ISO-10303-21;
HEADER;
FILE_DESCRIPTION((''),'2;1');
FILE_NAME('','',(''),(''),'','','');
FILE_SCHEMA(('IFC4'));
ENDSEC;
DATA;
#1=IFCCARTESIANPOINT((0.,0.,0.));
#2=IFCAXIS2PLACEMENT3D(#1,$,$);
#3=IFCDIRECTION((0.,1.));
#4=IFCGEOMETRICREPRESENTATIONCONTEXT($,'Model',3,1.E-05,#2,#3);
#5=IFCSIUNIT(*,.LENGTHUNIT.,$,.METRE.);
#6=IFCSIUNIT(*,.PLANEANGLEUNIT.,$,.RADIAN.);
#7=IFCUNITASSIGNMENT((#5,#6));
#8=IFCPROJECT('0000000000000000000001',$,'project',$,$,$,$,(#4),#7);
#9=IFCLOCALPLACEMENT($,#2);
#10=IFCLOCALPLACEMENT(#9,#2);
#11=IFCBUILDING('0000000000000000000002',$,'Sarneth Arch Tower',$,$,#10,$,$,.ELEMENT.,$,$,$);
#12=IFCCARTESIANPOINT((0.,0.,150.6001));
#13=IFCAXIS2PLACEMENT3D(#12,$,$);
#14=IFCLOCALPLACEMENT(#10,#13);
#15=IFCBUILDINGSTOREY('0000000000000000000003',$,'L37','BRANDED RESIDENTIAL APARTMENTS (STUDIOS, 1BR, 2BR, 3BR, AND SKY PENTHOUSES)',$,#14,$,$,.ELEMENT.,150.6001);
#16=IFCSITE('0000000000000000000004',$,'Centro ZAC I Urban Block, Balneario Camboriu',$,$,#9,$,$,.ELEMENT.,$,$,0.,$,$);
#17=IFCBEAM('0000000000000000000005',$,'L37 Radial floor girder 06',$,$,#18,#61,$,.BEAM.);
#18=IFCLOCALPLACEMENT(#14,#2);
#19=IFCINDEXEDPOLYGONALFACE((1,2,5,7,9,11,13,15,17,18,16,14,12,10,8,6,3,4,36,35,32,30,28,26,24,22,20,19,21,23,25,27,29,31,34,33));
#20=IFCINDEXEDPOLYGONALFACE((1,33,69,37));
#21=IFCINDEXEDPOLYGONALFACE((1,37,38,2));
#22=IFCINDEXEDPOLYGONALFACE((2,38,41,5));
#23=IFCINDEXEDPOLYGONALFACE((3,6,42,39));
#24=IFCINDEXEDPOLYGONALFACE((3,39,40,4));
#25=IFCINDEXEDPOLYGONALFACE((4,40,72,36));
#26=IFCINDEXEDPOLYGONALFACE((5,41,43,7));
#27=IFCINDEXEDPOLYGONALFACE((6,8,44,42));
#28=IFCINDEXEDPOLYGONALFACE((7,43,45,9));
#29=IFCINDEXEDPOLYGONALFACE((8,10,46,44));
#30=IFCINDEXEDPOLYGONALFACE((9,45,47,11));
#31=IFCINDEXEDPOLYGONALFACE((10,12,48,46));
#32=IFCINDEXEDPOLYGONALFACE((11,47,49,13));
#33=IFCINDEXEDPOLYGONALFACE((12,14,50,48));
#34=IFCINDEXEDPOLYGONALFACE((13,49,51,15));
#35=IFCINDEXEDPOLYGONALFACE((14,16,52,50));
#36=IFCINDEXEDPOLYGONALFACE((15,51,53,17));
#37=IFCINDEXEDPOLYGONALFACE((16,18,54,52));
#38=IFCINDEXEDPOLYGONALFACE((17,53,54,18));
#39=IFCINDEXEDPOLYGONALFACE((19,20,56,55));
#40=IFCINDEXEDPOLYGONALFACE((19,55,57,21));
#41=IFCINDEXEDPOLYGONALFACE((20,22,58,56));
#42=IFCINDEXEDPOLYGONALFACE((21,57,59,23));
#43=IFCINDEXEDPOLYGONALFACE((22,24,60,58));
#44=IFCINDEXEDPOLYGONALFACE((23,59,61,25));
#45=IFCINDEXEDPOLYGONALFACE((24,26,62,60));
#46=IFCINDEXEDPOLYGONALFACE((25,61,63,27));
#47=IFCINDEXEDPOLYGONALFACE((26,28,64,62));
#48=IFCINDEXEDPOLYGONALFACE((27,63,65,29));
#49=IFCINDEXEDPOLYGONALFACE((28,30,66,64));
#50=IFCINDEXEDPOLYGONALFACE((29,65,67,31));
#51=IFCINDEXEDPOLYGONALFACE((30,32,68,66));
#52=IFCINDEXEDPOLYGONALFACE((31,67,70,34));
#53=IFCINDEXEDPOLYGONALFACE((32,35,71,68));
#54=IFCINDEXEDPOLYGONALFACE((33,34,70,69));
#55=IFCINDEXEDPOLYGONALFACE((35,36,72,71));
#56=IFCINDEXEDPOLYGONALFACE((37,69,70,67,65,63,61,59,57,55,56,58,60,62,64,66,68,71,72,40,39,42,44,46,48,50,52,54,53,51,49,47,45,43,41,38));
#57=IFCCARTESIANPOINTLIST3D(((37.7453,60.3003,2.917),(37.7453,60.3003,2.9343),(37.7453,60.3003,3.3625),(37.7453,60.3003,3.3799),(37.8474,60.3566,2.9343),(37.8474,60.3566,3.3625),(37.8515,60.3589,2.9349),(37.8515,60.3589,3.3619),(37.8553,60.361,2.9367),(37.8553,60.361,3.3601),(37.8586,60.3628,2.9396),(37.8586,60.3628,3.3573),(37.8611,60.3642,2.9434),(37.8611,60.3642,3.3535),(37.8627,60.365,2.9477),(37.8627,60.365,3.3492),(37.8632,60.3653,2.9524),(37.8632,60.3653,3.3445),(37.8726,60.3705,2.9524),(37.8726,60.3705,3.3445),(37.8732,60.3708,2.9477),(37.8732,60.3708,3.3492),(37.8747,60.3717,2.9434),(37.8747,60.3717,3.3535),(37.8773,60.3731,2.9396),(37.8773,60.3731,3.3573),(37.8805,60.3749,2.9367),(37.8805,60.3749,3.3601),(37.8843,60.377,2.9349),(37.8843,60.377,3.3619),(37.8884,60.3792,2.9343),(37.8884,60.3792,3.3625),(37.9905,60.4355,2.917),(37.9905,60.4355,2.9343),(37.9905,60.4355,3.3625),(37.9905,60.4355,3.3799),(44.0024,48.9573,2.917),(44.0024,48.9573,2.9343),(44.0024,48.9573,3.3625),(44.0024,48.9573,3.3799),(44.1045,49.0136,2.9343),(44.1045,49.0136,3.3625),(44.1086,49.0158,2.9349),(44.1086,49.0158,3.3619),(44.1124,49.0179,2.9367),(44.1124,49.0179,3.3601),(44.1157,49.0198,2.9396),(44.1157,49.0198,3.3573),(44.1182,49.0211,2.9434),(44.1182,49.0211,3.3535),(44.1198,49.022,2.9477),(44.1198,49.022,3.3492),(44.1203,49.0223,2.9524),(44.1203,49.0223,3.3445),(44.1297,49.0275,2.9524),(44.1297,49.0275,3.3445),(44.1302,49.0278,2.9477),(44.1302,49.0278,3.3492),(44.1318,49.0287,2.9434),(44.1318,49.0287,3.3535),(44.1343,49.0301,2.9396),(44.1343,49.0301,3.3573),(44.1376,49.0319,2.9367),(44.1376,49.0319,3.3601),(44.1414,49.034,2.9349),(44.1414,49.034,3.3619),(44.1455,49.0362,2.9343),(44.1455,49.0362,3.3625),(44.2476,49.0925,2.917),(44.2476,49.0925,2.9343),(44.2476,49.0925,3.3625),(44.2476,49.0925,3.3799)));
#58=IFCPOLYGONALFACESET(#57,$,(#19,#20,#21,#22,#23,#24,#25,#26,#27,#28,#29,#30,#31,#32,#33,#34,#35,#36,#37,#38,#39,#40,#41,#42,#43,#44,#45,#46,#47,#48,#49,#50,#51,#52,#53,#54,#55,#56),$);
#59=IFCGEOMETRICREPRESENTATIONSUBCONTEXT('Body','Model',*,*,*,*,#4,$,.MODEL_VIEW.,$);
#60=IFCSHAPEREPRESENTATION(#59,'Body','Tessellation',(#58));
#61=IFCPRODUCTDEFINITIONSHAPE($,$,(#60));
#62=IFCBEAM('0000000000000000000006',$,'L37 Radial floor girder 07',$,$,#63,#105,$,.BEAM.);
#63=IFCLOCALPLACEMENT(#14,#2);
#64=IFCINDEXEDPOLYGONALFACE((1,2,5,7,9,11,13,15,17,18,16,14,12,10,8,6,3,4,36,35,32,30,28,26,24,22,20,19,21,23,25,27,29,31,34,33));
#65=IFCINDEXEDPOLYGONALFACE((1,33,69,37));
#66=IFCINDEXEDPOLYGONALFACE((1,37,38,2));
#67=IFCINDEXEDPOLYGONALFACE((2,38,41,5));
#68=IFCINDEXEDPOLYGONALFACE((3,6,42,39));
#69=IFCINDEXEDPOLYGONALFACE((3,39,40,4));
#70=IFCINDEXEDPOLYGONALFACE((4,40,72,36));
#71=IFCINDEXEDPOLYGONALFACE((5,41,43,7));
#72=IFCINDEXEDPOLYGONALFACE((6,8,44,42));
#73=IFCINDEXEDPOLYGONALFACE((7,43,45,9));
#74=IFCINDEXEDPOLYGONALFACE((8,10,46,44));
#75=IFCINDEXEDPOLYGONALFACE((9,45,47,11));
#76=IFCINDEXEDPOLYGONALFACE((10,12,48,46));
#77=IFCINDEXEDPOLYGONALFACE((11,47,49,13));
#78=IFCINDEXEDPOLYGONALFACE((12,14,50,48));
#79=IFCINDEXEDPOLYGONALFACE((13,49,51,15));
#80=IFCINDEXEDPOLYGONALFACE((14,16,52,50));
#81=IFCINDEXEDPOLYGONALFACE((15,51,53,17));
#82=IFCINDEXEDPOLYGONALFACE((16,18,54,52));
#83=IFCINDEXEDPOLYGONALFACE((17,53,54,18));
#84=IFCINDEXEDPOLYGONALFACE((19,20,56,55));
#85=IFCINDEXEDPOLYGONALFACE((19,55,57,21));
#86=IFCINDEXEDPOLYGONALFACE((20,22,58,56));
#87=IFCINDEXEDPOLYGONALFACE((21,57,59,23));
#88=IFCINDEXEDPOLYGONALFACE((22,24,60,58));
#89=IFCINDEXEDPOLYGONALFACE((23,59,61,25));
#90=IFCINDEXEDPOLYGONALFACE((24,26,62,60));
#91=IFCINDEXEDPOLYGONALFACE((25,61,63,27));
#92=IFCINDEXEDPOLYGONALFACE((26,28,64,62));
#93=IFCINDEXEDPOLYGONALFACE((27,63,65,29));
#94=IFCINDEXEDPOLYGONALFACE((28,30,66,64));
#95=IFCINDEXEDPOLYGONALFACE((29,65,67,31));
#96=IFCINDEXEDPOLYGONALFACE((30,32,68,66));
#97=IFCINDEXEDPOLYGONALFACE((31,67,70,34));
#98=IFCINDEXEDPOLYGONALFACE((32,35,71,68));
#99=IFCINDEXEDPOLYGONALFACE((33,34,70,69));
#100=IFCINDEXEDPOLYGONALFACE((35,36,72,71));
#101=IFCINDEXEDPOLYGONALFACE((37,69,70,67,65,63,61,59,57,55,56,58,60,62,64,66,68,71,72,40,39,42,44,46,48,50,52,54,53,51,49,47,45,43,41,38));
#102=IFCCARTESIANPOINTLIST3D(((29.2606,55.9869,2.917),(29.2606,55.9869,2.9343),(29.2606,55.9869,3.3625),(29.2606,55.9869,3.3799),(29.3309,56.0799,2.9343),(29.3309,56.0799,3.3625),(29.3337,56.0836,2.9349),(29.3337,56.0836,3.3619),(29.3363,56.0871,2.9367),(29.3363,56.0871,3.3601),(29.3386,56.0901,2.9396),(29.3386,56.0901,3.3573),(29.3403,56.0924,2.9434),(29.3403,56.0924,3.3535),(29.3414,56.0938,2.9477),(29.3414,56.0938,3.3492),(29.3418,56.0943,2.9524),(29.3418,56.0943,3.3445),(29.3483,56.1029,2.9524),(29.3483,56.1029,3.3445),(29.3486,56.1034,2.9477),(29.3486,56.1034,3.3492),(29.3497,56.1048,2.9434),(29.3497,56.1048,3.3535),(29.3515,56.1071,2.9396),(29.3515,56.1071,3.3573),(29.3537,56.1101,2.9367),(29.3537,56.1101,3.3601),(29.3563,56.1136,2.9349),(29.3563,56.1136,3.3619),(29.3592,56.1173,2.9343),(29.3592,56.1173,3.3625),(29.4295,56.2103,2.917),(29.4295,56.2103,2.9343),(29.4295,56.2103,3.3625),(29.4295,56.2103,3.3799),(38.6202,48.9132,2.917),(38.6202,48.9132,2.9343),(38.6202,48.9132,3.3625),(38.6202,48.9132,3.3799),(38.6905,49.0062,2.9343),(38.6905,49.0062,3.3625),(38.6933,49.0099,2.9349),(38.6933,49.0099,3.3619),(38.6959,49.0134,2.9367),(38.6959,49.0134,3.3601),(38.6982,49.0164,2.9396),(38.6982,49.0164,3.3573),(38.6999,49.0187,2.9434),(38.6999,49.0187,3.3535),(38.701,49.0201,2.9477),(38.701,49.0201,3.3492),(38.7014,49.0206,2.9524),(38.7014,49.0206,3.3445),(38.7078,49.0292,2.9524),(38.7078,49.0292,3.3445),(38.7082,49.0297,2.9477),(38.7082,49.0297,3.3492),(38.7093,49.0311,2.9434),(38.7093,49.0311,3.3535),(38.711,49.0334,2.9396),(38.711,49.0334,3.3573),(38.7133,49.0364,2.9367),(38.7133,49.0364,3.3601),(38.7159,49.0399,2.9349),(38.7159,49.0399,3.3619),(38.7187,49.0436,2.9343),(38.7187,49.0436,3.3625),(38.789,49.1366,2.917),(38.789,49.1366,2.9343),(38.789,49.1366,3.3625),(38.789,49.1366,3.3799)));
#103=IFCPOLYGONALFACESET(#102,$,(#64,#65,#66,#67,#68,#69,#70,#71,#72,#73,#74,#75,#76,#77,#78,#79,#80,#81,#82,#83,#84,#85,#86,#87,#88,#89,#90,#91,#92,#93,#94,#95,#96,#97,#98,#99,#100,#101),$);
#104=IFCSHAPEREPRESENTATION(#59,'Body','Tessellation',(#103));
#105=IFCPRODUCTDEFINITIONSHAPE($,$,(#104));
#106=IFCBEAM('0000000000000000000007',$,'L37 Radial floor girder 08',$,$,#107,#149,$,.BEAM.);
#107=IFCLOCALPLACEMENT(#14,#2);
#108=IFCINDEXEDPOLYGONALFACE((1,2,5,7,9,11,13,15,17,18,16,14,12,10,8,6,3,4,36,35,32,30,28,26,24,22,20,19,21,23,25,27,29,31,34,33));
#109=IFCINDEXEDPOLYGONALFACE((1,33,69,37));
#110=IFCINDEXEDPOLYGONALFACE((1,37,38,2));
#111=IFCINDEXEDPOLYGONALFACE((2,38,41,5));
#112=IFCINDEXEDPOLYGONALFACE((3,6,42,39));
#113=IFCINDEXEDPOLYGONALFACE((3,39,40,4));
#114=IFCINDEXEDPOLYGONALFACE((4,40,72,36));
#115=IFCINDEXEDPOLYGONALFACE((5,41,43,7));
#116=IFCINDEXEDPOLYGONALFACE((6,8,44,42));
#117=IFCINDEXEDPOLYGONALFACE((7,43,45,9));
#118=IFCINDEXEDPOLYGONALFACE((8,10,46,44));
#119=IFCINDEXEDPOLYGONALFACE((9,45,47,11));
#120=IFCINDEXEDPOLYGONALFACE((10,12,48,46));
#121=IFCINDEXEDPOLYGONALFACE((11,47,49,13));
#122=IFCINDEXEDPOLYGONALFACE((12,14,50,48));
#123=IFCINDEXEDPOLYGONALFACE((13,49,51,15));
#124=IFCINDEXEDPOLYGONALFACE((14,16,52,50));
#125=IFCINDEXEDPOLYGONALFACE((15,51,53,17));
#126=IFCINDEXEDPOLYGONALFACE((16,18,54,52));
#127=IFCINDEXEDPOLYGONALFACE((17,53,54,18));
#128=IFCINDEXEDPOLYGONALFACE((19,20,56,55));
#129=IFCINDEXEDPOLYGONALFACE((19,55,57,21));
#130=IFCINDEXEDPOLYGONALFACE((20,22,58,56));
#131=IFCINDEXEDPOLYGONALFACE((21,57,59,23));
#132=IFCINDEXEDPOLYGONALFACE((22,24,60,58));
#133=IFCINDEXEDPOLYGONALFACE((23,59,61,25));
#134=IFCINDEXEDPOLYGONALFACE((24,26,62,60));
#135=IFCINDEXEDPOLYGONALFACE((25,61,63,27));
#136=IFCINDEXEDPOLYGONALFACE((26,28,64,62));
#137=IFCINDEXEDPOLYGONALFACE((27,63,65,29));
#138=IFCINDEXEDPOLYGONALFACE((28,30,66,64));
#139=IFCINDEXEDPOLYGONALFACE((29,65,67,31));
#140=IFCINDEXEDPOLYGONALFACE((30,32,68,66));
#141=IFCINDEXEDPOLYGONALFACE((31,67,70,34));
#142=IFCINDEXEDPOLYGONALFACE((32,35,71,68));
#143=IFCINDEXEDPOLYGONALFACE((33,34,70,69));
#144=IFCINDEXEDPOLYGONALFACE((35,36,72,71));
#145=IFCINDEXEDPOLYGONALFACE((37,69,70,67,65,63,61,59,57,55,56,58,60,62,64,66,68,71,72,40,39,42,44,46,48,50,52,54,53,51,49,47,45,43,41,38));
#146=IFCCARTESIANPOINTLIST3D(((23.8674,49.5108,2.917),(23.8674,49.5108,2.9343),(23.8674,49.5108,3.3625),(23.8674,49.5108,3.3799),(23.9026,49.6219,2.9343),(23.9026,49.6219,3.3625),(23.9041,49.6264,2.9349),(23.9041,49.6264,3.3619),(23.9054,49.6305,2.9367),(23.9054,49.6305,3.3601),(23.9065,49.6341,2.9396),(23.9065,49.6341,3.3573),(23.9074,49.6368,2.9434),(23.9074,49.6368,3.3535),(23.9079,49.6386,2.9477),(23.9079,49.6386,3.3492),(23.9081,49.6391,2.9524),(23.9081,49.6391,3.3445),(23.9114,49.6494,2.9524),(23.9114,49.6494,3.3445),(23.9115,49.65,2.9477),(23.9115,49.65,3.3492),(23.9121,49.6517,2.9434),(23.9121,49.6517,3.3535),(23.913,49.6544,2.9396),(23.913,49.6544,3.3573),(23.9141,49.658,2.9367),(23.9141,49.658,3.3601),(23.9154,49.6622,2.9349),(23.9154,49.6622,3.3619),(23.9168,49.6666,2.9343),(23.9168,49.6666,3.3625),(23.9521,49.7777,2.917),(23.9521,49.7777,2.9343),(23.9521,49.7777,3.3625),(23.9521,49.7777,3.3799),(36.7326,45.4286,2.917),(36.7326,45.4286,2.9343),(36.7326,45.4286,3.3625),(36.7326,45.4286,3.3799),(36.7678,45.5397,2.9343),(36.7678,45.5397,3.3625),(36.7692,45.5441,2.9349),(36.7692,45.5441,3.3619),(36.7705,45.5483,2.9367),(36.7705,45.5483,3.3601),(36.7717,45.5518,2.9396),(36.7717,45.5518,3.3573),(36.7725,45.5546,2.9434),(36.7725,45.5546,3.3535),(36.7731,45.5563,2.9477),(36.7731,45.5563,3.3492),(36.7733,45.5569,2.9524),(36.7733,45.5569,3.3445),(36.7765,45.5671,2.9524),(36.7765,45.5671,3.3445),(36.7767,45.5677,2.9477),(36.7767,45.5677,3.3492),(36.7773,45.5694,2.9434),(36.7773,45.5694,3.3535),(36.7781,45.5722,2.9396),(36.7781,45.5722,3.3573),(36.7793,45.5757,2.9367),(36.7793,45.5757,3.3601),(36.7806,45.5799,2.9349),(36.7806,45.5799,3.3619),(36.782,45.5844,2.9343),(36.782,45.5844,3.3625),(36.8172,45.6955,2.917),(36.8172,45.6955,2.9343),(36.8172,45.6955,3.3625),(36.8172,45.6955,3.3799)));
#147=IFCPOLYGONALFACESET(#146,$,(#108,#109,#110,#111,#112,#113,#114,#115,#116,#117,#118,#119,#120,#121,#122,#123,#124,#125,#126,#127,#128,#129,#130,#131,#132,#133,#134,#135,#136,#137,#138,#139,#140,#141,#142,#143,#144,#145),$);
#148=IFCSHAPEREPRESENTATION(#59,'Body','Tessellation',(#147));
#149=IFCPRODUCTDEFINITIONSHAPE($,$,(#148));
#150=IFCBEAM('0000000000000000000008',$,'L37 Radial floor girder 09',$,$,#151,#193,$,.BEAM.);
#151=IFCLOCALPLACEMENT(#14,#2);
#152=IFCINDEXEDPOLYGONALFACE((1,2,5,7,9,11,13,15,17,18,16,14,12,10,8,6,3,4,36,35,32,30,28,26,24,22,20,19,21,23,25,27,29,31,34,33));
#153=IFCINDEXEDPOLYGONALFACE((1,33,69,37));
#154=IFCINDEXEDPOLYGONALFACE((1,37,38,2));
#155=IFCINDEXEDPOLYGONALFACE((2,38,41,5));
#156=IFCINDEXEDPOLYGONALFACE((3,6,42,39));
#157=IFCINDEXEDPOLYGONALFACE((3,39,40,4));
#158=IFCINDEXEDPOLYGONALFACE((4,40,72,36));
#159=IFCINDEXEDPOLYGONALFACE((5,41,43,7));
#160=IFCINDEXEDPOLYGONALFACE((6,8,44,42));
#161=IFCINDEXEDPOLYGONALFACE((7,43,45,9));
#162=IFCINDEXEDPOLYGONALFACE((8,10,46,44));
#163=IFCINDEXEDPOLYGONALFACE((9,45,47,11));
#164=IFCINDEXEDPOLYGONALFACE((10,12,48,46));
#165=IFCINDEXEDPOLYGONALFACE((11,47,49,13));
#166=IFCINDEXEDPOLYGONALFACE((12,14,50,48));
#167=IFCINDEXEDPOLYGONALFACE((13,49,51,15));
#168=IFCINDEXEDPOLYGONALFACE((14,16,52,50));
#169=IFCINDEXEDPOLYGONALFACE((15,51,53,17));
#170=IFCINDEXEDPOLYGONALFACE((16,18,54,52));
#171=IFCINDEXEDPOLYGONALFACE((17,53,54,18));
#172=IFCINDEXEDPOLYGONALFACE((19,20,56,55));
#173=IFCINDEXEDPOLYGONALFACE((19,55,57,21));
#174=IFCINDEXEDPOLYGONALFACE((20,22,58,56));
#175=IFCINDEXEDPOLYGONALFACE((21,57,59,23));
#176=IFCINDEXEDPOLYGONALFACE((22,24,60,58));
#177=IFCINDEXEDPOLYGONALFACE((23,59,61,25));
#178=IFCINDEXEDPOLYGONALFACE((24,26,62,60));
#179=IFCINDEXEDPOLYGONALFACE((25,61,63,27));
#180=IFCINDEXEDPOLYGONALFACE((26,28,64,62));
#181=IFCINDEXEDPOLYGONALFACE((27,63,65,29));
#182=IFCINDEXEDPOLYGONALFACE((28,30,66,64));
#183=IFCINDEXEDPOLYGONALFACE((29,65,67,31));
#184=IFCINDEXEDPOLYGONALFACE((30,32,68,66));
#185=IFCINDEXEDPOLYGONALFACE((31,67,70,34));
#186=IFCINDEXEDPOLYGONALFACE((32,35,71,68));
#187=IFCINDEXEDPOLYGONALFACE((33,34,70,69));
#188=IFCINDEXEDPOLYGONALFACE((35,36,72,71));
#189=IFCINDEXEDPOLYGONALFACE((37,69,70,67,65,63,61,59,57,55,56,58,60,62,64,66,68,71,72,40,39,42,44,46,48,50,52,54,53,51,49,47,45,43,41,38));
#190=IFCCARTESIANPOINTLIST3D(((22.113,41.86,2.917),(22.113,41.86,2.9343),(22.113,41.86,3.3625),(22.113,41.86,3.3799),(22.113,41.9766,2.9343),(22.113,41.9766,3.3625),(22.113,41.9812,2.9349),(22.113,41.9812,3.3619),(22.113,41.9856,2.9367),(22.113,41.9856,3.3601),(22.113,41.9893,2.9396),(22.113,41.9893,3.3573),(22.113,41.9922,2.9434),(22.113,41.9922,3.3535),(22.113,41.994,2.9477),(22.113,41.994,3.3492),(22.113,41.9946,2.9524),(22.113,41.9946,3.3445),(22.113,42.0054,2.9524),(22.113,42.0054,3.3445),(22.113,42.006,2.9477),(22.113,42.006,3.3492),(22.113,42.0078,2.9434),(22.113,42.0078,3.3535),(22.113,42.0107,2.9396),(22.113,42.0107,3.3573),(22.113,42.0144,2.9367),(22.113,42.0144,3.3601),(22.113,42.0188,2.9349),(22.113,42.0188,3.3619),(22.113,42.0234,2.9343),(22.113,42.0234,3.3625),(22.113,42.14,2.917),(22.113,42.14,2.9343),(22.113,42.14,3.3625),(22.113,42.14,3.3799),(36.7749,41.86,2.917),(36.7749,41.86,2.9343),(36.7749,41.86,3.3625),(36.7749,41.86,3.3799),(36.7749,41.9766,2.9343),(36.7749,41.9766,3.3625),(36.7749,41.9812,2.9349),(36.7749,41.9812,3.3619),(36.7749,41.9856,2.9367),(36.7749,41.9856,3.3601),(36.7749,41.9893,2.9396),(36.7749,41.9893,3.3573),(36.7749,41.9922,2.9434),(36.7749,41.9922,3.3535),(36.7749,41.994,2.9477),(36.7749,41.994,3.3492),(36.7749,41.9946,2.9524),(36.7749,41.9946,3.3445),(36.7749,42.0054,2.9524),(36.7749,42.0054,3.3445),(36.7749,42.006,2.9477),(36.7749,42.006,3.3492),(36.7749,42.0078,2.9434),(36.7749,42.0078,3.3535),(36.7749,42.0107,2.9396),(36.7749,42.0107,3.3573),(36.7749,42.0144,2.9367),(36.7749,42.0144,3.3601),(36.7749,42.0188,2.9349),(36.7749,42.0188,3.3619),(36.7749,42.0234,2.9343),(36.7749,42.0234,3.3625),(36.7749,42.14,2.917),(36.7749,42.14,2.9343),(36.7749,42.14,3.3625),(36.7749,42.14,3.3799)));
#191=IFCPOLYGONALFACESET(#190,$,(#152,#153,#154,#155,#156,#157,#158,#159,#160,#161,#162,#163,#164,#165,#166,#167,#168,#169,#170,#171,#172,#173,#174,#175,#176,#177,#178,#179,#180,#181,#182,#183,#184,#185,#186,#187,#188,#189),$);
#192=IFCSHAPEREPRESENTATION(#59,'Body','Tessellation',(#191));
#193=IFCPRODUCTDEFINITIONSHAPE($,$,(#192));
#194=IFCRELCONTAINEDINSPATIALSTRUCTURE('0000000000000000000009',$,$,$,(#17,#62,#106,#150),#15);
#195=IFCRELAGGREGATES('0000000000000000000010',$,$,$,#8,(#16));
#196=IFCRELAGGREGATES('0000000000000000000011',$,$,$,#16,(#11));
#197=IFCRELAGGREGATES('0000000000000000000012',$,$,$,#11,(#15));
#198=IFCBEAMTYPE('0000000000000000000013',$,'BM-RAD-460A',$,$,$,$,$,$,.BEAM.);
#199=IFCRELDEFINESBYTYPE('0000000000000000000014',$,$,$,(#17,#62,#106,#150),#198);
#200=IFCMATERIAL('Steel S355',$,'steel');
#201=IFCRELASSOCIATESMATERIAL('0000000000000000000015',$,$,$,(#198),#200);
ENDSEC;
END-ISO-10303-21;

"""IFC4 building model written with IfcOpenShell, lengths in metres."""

from ifc_helpers import new_model, si_unit, direction, frame, origin, origin_2d, place, context, subcontext, project, spatial, i_section, extrude, material, material_profile, profile_set, type_object, element, save


model = new_model("IFC4")

# Units and contexts
model_context = context("Model", 3, precision=1e-05, world=origin(), true_north=direction((0.0, 1.0)))
body_context = subcontext(model_context, "Body", "Model", "MODEL_VIEW")
ifc_project = project(units=[si_unit("LENGTHUNIT", "METRE"), si_unit("PLANEANGLEUNIT", "RADIAN")], contexts=[model_context])

# Site, building, storey
site_placement = place(None, origin())
site = spatial("IfcSite", under=ifc_project, at=site_placement, Name="Centro ZAC I Urban Block, Balneario Camboriu", CompositionType="ELEMENT", RefElevation=0.0)
building_placement = place(site_placement, origin())
building = spatial("IfcBuilding", under=site, at=building_placement, Name="Sarneth Arch Tower", CompositionType="ELEMENT")
storey_placement = place(building_placement, frame((0.0, 0.0, 150.6001)))
storey = spatial("IfcBuildingStorey", under=building, at=storey_placement, Name="L37", Description="BRANDED RESIDENTIAL APARTMENTS (STUDIOS, 1BR, 2BR, 3BR, AND SKY PENTHOUSES)", CompositionType="ELEMENT", Elevation=150.6001)

# Beams
ifc_material_1 = material(Name="Steel S355", Category="steel")
ifc_material_profile_1 = material_profile(ifc_material_1, i_section(OverallWidth=0.28, OverallDepth=0.4629, WebThickness=0.0107, FlangeThickness=0.0173, FilletRadius=0.0181, at=origin_2d()), Name="W460x113")
ifc_profile_set_1 = profile_set([ifc_material_profile_1], Name="Steel S355")
beam_type_1 = type_object("IfcBeamType", Name="BM-RAD-460A", PredefinedType="BEAM", material=ifc_profile_set_1)
beam_1_placement = place(storey_placement, frame((44.125, 49.0249, 3.1484), z_axis=(-0.48301, 0.875615, 0.0), x_axis=(-0.875615, -0.48301, 0.0)))
element("IfcBeam", 1, at=beam_1_placement, inside=storey, type_object=beam_type_1, Name="L37 Radial floor girder 06", PredefinedType="BEAM", context=body_context, shape_type="SweptSolid", body=[
    extrude(i_section(OverallWidth=0.28, OverallDepth=0.4629, WebThickness=0.0107, FlangeThickness=0.0173, FilletRadius=0.0181, at=origin_2d()), origin(), (0.0, 0.0, 1.0), 12.9543),
])
beam_2_placement = place(storey_placement, frame((38.7046, 49.0249, 3.1484), z_axis=(-0.797785, 0.602943, 0.0), x_axis=(-0.602943, -0.797785, 0.0)))
element("IfcBeam", 2, at=beam_2_placement, inside=storey, type_object=beam_type_1, Name="L37 Radial floor girder 07", PredefinedType="BEAM", context=body_context, shape_type="SweptSolid", body=[
    extrude(i_section(OverallWidth=0.28, OverallDepth=0.4629, WebThickness=0.0107, FlangeThickness=0.0173, FilletRadius=0.0181, at=origin_2d()), origin(), (0.0, 0.0, 1.0), 11.7319),
])
beam_3_placement = place(storey_placement, frame((36.7749, 45.562, 3.1484), z_axis=(-0.953165, 0.302449, 0.0), x_axis=(-0.302449, -0.953165, 0.0)))
element("IfcBeam", 3, at=beam_3_placement, inside=storey, type_object=beam_type_1, Name="L37 Radial floor girder 08", PredefinedType="BEAM", context=body_context, shape_type="SweptSolid", body=[
    extrude(i_section(OverallWidth=0.28, OverallDepth=0.4629, WebThickness=0.0107, FlangeThickness=0.0173, FilletRadius=0.0181, at=origin_2d()), origin(), (0.0, 0.0, 1.0), 13.4973),
])
beam_4_placement = place(storey_placement, frame((36.7749, 42.0, 3.1484), z_axis=(-1.0, 0.0, 0.0), x_axis=(0.0, -1.0, 0.0)))
element("IfcBeam", 4, at=beam_4_placement, inside=storey, type_object=beam_type_1, Name="L37 Radial floor girder 09", PredefinedType="BEAM", context=body_context, shape_type="SweptSolid", body=[
    extrude(i_section(OverallWidth=0.28, OverallDepth=0.4629, WebThickness=0.0107, FlangeThickness=0.0173, FilletRadius=0.0181, at=origin_2d()), origin(), (0.0, 0.0, 1.0), 14.6619),
])

save(model, "model.ifc")
